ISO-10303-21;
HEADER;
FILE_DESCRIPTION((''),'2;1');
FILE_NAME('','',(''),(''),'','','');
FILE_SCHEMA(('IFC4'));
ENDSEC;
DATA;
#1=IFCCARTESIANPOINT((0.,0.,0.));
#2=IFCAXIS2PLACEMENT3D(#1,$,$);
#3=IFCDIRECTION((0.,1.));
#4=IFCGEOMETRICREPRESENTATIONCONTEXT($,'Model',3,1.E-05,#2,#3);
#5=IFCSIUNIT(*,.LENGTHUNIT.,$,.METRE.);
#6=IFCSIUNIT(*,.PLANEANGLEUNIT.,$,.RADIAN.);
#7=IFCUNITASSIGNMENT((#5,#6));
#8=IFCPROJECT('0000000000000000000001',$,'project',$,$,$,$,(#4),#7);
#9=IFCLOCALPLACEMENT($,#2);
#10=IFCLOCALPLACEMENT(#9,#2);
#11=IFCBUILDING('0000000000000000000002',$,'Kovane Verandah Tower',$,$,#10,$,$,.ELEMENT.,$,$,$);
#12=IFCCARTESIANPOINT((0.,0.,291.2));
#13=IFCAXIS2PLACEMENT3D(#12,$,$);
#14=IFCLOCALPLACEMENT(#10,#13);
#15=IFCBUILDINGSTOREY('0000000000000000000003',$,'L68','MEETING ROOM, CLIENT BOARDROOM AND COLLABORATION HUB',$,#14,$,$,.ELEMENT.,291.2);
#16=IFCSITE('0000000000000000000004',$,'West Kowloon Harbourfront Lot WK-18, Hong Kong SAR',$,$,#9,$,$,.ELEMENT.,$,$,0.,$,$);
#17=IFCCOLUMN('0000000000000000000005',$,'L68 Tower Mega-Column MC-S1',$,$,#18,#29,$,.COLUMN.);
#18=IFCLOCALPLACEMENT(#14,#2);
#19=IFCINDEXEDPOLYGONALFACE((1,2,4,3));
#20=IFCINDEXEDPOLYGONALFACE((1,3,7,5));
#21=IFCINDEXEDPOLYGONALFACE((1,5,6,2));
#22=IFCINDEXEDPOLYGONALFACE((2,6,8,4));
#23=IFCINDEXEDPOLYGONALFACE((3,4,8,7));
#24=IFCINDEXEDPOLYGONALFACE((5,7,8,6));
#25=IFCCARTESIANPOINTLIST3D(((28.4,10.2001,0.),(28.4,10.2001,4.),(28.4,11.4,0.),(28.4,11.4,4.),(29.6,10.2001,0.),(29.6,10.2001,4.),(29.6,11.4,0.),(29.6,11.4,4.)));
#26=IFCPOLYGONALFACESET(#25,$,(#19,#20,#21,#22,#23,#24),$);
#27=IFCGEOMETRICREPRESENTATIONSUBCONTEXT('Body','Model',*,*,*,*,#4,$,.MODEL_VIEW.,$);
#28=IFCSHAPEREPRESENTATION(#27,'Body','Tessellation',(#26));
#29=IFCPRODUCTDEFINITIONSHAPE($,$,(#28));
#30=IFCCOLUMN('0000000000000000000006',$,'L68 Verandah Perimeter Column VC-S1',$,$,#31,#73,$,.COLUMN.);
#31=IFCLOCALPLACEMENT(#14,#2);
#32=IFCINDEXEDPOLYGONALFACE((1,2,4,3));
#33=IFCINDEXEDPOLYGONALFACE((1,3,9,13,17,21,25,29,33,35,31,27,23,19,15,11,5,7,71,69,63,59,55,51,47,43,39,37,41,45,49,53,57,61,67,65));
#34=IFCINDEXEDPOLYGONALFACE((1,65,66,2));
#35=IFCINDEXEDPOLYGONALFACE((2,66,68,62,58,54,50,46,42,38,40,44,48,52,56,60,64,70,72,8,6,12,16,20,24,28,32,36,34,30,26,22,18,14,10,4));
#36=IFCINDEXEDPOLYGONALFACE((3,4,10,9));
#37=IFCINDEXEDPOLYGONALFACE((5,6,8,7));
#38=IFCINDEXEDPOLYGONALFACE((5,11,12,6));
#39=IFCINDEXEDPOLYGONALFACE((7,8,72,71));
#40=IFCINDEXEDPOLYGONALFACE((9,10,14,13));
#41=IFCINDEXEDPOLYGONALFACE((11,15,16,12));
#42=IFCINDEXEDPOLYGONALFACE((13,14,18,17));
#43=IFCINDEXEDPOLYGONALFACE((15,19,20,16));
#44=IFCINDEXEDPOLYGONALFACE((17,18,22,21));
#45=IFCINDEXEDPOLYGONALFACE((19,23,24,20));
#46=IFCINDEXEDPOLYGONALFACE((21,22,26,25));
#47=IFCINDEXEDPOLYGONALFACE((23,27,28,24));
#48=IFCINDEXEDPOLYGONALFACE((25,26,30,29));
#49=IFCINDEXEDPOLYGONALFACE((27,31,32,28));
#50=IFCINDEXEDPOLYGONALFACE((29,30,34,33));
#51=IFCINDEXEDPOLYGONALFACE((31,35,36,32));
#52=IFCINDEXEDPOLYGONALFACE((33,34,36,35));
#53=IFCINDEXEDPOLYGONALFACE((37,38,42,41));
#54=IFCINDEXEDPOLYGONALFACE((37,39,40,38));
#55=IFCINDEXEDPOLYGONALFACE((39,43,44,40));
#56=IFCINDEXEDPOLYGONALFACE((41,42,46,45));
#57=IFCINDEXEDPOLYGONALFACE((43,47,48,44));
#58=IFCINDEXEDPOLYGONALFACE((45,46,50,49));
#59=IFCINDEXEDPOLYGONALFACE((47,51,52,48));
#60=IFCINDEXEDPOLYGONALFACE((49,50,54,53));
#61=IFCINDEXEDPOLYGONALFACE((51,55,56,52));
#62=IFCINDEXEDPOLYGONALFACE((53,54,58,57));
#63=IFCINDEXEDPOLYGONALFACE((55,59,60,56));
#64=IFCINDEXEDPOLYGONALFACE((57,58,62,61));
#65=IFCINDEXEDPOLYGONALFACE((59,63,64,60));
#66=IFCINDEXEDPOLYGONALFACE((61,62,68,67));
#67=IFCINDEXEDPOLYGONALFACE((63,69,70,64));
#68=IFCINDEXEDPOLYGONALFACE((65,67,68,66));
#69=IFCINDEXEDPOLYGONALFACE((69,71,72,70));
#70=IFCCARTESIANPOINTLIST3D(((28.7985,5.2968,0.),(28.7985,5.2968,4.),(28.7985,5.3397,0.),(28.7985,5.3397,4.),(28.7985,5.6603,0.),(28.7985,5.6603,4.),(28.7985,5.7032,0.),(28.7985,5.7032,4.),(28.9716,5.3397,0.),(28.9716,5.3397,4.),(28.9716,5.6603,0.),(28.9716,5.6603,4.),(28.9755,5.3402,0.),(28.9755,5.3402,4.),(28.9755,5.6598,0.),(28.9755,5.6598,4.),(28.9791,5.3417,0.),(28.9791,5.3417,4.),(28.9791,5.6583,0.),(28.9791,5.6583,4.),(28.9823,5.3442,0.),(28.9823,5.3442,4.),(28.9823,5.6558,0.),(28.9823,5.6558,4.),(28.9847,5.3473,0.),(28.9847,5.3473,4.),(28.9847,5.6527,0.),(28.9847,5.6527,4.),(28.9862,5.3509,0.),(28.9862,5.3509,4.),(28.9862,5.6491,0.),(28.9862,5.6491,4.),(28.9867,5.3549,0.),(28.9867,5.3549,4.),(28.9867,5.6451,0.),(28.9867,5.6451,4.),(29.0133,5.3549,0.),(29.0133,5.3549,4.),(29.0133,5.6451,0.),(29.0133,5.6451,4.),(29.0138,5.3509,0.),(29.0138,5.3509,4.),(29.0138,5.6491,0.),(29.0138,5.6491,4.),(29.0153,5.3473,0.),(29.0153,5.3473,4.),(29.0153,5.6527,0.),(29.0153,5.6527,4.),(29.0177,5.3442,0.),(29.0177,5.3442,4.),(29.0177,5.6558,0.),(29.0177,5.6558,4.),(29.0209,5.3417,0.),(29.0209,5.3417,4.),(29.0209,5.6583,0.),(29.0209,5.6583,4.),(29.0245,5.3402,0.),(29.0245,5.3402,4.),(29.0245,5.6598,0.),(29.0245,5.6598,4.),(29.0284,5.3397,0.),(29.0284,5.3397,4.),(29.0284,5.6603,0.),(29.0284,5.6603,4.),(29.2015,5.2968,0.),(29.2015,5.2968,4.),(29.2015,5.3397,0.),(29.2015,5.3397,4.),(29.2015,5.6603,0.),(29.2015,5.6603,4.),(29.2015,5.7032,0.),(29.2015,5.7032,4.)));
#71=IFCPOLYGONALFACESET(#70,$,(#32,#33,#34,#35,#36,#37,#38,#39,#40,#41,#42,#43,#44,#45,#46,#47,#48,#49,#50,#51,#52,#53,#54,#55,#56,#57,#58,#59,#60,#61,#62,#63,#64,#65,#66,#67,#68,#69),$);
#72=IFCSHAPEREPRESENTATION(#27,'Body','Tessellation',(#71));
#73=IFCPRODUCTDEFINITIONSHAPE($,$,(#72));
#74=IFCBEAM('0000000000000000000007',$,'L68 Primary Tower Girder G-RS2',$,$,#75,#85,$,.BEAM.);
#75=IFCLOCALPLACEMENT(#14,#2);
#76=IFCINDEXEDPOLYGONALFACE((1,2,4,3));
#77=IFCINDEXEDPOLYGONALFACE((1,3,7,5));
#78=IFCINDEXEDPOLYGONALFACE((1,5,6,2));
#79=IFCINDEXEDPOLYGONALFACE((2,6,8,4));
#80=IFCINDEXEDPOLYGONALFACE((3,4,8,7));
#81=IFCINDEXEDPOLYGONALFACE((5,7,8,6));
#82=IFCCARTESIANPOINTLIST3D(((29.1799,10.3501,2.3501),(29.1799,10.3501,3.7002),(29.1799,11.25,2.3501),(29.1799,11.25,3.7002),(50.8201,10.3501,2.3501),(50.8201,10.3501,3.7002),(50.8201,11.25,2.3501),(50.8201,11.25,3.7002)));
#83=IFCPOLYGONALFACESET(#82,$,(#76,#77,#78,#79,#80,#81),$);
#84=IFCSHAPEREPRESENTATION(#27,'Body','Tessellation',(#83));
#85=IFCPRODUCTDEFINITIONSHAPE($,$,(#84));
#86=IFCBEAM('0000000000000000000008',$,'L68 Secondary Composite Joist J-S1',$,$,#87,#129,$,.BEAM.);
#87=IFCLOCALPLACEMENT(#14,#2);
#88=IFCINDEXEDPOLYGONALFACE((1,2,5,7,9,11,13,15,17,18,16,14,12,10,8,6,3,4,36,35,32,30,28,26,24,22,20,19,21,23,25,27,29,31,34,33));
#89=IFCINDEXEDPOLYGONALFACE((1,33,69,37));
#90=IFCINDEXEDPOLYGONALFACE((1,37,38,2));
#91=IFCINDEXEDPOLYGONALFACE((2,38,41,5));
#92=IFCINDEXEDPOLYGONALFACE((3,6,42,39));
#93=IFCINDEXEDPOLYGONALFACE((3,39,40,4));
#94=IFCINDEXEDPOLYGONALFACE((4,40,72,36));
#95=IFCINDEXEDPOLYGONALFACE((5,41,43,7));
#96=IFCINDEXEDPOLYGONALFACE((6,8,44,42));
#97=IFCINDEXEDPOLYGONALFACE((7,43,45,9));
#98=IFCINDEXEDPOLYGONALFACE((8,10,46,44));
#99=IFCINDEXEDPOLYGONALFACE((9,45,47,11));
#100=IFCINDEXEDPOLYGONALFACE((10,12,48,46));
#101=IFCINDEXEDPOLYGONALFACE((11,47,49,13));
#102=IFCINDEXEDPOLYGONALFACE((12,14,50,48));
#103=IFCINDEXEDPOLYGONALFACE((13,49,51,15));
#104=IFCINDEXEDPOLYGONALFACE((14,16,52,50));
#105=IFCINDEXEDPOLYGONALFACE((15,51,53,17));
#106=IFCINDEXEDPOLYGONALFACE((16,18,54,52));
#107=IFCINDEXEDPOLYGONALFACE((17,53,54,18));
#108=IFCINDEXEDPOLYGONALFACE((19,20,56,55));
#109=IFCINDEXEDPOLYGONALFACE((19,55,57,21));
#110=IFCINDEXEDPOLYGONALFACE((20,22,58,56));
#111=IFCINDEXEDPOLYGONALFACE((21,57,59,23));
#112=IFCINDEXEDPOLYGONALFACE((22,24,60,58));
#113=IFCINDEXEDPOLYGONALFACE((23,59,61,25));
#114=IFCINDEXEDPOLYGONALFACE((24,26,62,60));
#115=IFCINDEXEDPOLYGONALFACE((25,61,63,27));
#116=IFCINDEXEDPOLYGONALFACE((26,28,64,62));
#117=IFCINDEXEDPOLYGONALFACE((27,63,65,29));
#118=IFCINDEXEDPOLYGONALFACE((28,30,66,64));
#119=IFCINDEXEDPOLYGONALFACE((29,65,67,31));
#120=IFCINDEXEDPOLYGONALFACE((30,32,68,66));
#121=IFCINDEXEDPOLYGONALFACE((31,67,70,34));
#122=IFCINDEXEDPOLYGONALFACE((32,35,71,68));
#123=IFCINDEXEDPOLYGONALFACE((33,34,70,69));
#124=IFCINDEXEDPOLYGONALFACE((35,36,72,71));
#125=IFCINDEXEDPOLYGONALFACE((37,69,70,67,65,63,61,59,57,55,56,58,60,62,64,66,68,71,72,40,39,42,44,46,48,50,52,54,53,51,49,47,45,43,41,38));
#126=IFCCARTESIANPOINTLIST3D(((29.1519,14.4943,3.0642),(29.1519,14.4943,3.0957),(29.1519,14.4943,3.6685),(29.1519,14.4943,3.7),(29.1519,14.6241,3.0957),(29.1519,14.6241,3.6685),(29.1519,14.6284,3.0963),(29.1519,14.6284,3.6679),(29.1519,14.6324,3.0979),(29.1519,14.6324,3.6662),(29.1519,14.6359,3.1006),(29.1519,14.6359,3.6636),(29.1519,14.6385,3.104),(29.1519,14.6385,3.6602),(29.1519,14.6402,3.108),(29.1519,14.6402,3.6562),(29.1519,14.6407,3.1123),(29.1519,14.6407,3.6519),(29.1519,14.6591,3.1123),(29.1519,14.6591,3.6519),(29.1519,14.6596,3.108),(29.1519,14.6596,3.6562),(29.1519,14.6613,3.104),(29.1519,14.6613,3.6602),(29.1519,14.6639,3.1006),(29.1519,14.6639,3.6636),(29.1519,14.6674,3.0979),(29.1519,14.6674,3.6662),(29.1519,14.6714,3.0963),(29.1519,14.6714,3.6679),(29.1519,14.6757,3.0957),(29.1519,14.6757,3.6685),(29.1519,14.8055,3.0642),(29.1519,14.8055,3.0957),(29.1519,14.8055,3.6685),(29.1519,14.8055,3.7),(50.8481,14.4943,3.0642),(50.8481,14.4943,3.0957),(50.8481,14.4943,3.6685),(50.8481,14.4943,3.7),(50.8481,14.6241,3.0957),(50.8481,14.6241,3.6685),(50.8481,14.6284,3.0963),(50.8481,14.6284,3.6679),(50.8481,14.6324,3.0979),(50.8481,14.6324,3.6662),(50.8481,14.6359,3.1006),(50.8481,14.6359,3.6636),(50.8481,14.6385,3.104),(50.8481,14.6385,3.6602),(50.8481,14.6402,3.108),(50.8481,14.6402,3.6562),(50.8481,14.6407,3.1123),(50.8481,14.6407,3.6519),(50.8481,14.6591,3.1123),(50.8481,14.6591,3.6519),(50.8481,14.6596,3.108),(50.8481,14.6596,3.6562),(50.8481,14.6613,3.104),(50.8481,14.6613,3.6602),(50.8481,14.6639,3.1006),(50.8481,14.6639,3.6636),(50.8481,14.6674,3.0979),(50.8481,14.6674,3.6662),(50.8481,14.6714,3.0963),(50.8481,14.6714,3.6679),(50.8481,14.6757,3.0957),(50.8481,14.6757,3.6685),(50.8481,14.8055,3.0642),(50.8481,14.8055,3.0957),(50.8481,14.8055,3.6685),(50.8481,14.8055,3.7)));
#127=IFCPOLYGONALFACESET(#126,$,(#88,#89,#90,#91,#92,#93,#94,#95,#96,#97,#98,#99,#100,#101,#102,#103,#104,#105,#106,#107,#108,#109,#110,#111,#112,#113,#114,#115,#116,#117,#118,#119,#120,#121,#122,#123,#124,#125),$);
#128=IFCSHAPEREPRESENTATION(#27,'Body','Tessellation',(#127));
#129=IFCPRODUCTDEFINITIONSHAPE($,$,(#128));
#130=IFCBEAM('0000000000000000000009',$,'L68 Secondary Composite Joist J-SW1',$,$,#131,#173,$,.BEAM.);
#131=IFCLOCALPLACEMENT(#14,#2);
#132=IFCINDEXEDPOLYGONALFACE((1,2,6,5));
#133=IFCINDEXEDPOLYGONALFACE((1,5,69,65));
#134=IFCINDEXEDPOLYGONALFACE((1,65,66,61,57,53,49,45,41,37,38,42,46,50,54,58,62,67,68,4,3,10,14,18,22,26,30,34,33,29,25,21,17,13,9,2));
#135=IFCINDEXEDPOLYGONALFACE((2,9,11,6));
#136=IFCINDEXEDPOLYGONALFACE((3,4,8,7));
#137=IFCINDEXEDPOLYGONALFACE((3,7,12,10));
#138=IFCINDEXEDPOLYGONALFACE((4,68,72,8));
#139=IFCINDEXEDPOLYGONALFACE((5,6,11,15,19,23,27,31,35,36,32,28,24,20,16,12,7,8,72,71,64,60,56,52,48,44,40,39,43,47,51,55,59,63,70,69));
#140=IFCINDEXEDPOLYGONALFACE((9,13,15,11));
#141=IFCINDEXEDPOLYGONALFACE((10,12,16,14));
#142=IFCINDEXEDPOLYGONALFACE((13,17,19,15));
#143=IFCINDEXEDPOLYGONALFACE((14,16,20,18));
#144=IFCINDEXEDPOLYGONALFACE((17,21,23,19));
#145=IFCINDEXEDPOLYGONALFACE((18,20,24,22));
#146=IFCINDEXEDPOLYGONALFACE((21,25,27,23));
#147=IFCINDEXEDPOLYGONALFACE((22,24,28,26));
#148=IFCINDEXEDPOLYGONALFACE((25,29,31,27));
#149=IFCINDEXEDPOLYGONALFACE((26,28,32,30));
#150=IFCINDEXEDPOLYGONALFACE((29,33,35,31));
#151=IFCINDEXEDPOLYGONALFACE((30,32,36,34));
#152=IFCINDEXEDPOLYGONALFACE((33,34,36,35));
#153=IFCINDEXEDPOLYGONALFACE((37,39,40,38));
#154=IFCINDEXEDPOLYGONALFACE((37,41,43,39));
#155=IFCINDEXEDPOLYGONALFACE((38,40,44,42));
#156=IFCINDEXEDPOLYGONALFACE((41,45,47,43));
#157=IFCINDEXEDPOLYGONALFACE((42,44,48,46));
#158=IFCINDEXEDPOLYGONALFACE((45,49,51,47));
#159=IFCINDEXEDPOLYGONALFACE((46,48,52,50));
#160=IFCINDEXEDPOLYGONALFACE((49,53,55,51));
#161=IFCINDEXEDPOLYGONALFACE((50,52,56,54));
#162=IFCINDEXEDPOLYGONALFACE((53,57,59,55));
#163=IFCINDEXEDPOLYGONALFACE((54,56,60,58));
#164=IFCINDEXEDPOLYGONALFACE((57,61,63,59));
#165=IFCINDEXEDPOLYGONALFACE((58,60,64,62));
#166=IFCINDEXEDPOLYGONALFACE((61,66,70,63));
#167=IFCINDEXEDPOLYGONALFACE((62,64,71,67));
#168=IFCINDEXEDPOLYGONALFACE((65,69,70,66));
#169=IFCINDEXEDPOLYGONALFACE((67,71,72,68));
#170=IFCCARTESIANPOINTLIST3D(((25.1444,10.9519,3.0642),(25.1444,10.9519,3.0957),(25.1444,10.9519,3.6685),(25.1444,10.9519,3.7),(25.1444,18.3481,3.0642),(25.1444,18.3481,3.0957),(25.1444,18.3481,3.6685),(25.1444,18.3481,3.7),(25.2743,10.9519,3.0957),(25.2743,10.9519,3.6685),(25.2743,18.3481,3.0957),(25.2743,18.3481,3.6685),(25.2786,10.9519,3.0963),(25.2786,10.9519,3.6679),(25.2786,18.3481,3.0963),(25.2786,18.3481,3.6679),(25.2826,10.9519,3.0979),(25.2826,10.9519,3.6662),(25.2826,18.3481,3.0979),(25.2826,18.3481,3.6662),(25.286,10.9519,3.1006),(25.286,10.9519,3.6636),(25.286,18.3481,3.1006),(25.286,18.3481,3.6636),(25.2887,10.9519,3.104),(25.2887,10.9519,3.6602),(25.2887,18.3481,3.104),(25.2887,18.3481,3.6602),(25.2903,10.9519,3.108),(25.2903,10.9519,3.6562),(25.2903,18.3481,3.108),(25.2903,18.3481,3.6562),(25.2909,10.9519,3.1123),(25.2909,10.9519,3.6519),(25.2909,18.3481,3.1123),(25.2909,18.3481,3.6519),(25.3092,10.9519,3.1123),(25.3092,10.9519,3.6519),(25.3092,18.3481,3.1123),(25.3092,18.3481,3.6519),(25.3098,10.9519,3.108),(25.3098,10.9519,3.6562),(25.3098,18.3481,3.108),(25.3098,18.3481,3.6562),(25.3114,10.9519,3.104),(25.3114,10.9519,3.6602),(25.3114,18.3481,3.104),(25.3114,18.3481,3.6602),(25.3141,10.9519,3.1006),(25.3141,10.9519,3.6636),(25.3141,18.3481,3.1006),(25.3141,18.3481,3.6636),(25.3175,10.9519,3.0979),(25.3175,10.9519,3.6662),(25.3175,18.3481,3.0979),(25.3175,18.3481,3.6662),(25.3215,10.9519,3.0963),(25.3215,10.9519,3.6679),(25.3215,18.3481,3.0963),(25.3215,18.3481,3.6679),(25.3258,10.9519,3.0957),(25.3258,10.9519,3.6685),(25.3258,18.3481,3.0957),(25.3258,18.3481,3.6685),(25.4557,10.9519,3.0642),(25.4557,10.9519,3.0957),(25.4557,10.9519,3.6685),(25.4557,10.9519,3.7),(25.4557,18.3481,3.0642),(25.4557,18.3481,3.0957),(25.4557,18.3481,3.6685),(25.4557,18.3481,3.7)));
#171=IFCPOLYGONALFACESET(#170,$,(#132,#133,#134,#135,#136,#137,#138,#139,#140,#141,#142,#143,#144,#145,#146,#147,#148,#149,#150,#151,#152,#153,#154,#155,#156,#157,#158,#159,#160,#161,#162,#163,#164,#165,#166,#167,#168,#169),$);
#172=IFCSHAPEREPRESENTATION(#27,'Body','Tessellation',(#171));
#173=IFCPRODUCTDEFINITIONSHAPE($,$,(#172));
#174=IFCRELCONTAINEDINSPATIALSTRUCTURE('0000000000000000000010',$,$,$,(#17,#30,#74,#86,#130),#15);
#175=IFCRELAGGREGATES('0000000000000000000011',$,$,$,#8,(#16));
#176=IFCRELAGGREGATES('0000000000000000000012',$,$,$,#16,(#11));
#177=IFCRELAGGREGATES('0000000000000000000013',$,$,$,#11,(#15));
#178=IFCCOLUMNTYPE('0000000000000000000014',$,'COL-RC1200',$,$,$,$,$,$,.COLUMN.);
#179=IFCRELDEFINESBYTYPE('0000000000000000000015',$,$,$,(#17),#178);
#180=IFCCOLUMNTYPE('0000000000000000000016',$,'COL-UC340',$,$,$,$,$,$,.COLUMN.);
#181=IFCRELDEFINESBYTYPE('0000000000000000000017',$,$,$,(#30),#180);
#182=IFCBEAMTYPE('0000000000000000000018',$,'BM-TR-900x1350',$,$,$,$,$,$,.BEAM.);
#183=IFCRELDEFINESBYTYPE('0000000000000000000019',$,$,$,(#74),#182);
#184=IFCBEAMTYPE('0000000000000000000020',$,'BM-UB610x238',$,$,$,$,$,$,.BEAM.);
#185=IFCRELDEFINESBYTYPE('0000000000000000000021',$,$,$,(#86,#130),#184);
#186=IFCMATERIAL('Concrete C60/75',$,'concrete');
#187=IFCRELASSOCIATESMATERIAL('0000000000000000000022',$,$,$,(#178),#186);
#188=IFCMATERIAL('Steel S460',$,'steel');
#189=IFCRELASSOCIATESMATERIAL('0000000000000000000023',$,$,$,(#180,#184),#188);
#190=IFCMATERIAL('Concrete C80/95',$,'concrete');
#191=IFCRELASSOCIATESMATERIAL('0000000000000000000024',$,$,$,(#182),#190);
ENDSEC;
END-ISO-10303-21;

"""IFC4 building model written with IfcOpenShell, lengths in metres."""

from ifc_helpers import new_model, si_unit, direction, frame, origin, origin_2d, place, context, subcontext, project, spatial, rectangle, i_section, extrude, material, material_profile, profile_set, type_object, element, save


model = new_model("IFC4")

# Units and contexts
model_context = context("Model", 3, precision=1e-05, world=origin(), true_north=direction((0.0, 1.0)))
body_context = subcontext(model_context, "Body", "Model", "MODEL_VIEW")
ifc_project = project(units=[si_unit("LENGTHUNIT", "METRE"), si_unit("PLANEANGLEUNIT", "RADIAN")], contexts=[model_context])

# Site, building, storey
site_placement = place(None, origin())
site = spatial("IfcSite", under=ifc_project, at=site_placement, Name="West Kowloon Harbourfront Lot WK-18, Hong Kong SAR", CompositionType="ELEMENT", RefElevation=0.0)
building_placement = place(site_placement, origin())
building = spatial("IfcBuilding", under=site, at=building_placement, Name="Kovane Verandah Tower", CompositionType="ELEMENT")
storey_placement = place(building_placement, frame((0.0, 0.0, 291.2)))
storey = spatial("IfcBuildingStorey", under=building, at=storey_placement, Name="L68", Description="MEETING ROOM, CLIENT BOARDROOM AND COLLABORATION HUB", CompositionType="ELEMENT", Elevation=291.2)

# Columns
ifc_material_1 = material(Name="Concrete C60/75", Category="concrete")
ifc_material_profile_1 = material_profile(ifc_material_1, rectangle(XDim=1.2, YDim=1.2, at=origin_2d()), Name="RC1200x1200")
ifc_profile_set_1 = profile_set([ifc_material_profile_1], Name="Concrete C60/75")
column_type_1 = type_object("IfcColumnType", Name="COL-RC1200", PredefinedType="COLUMN", material=ifc_profile_set_1)
column_1_placement = place(storey_placement, frame((29.0, 10.8, 0.0), z_axis=(0.0, 0.0, 1.0), x_axis=(1.0, 0.0, 0.0)))
element("IfcColumn", 1, at=column_1_placement, inside=storey, type_object=column_type_1, Name="L68 Tower Mega-Column MC-S1", PredefinedType="COLUMN", context=body_context, shape_type="SweptSolid", body=[
    extrude(rectangle(XDim=1.2, YDim=1.2, at=origin_2d()), origin(), (0.0, 0.0, 1.0), 4.0),
])
ifc_material_2 = material(Name="Steel S460", Category="steel")
ifc_material_profile_2 = material_profile(ifc_material_2, i_section(OverallWidth=0.4031, OverallDepth=0.4065, WebThickness=0.0266, FlangeThickness=0.043, FilletRadius=0.0151, at=origin_2d()), Name="UC356x406x340")
ifc_profile_set_2 = profile_set([ifc_material_profile_2], Name="Steel S460")
column_type_2 = type_object("IfcColumnType", Name="COL-UC340", PredefinedType="COLUMN", material=ifc_profile_set_2)
column_2_placement = place(storey_placement, frame((29.0, 5.5, 0.0), z_axis=(0.0, 0.0, 1.0), x_axis=(1.0, 0.0, 0.0)))
element("IfcColumn", 2, at=column_2_placement, inside=storey, type_object=column_type_2, Name="L68 Verandah Perimeter Column VC-S1", PredefinedType="COLUMN", context=body_context, shape_type="SweptSolid", body=[
    extrude(i_section(OverallWidth=0.4031, OverallDepth=0.4065, WebThickness=0.0266, FlangeThickness=0.043, FilletRadius=0.0151, at=origin_2d()), origin(), (0.0, 0.0, 1.0), 4.0),
])

# Beams
ifc_material_3 = material(Name="Concrete C80/95", Category="concrete")
ifc_material_profile_3 = material_profile(ifc_material_3, rectangle(XDim=0.8999, YDim=1.3501, at=origin_2d()), Name="RCB900x1350")
ifc_profile_set_3 = profile_set([ifc_material_profile_3], Name="Concrete C80/95")
beam_type_1 = type_object("IfcBeamType", Name="BM-TR-900x1350", PredefinedType="BEAM", material=ifc_profile_set_3)
beam_1_placement = place(storey_placement, frame((29.1799, 10.8, 3.0251), z_axis=(1.0, 0.0, 0.0), x_axis=(0.0, 1.0, 0.0)))
element("IfcBeam", 3, at=beam_1_placement, inside=storey, type_object=beam_type_1, Name="L68 Primary Tower Girder G-RS2", PredefinedType="BEAM", context=body_context, shape_type="SweptSolid", body=[
    extrude(rectangle(XDim=0.8999, YDim=1.3501, at=origin_2d()), origin(), (0.0, 0.0, 1.0), 21.6401),
])
ifc_material_profile_4 = material_profile(ifc_material_2, i_section(OverallWidth=0.3113, OverallDepth=0.6357, WebThickness=0.0183, FlangeThickness=0.0315, FilletRadius=0.0166, at=origin_2d()), Name="UB610x305x238")
ifc_profile_set_4 = profile_set([ifc_material_profile_4], Name="Steel S460")
beam_type_2 = type_object("IfcBeamType", Name="BM-UB610x238", PredefinedType="BEAM", material=ifc_profile_set_4)
beam_2_placement = place(storey_placement, frame((29.1519, 14.6499, 3.3821), z_axis=(1.0, 0.0, 0.0), x_axis=(0.0, 1.0, 0.0)))
element("IfcBeam", 4, at=beam_2_placement, inside=storey, type_object=beam_type_2, Name="L68 Secondary Composite Joist J-S1", PredefinedType="BEAM", context=body_context, shape_type="SweptSolid", body=[
    extrude(i_section(OverallWidth=0.3113, OverallDepth=0.6357, WebThickness=0.0183, FlangeThickness=0.0315, FilletRadius=0.0166, at=origin_2d()), origin(), (0.0, 0.0, 1.0), 21.6963),
])
beam_3_placement = place(storey_placement, frame((25.3, 10.9519, 3.3821), z_axis=(0.0, 1.0, 0.0), x_axis=(-1.0, 0.0, 0.0)))
element("IfcBeam", 5, at=beam_3_placement, inside=storey, type_object=beam_type_2, Name="L68 Secondary Composite Joist J-SW1", PredefinedType="BEAM", context=body_context, shape_type="SweptSolid", body=[
    extrude(i_section(OverallWidth=0.3113, OverallDepth=0.6357, WebThickness=0.0183, FlangeThickness=0.0315, FilletRadius=0.0166, at=origin_2d()), origin(), (0.0, 0.0, 1.0), 7.3962),
])

save(model, "model.ifc")
